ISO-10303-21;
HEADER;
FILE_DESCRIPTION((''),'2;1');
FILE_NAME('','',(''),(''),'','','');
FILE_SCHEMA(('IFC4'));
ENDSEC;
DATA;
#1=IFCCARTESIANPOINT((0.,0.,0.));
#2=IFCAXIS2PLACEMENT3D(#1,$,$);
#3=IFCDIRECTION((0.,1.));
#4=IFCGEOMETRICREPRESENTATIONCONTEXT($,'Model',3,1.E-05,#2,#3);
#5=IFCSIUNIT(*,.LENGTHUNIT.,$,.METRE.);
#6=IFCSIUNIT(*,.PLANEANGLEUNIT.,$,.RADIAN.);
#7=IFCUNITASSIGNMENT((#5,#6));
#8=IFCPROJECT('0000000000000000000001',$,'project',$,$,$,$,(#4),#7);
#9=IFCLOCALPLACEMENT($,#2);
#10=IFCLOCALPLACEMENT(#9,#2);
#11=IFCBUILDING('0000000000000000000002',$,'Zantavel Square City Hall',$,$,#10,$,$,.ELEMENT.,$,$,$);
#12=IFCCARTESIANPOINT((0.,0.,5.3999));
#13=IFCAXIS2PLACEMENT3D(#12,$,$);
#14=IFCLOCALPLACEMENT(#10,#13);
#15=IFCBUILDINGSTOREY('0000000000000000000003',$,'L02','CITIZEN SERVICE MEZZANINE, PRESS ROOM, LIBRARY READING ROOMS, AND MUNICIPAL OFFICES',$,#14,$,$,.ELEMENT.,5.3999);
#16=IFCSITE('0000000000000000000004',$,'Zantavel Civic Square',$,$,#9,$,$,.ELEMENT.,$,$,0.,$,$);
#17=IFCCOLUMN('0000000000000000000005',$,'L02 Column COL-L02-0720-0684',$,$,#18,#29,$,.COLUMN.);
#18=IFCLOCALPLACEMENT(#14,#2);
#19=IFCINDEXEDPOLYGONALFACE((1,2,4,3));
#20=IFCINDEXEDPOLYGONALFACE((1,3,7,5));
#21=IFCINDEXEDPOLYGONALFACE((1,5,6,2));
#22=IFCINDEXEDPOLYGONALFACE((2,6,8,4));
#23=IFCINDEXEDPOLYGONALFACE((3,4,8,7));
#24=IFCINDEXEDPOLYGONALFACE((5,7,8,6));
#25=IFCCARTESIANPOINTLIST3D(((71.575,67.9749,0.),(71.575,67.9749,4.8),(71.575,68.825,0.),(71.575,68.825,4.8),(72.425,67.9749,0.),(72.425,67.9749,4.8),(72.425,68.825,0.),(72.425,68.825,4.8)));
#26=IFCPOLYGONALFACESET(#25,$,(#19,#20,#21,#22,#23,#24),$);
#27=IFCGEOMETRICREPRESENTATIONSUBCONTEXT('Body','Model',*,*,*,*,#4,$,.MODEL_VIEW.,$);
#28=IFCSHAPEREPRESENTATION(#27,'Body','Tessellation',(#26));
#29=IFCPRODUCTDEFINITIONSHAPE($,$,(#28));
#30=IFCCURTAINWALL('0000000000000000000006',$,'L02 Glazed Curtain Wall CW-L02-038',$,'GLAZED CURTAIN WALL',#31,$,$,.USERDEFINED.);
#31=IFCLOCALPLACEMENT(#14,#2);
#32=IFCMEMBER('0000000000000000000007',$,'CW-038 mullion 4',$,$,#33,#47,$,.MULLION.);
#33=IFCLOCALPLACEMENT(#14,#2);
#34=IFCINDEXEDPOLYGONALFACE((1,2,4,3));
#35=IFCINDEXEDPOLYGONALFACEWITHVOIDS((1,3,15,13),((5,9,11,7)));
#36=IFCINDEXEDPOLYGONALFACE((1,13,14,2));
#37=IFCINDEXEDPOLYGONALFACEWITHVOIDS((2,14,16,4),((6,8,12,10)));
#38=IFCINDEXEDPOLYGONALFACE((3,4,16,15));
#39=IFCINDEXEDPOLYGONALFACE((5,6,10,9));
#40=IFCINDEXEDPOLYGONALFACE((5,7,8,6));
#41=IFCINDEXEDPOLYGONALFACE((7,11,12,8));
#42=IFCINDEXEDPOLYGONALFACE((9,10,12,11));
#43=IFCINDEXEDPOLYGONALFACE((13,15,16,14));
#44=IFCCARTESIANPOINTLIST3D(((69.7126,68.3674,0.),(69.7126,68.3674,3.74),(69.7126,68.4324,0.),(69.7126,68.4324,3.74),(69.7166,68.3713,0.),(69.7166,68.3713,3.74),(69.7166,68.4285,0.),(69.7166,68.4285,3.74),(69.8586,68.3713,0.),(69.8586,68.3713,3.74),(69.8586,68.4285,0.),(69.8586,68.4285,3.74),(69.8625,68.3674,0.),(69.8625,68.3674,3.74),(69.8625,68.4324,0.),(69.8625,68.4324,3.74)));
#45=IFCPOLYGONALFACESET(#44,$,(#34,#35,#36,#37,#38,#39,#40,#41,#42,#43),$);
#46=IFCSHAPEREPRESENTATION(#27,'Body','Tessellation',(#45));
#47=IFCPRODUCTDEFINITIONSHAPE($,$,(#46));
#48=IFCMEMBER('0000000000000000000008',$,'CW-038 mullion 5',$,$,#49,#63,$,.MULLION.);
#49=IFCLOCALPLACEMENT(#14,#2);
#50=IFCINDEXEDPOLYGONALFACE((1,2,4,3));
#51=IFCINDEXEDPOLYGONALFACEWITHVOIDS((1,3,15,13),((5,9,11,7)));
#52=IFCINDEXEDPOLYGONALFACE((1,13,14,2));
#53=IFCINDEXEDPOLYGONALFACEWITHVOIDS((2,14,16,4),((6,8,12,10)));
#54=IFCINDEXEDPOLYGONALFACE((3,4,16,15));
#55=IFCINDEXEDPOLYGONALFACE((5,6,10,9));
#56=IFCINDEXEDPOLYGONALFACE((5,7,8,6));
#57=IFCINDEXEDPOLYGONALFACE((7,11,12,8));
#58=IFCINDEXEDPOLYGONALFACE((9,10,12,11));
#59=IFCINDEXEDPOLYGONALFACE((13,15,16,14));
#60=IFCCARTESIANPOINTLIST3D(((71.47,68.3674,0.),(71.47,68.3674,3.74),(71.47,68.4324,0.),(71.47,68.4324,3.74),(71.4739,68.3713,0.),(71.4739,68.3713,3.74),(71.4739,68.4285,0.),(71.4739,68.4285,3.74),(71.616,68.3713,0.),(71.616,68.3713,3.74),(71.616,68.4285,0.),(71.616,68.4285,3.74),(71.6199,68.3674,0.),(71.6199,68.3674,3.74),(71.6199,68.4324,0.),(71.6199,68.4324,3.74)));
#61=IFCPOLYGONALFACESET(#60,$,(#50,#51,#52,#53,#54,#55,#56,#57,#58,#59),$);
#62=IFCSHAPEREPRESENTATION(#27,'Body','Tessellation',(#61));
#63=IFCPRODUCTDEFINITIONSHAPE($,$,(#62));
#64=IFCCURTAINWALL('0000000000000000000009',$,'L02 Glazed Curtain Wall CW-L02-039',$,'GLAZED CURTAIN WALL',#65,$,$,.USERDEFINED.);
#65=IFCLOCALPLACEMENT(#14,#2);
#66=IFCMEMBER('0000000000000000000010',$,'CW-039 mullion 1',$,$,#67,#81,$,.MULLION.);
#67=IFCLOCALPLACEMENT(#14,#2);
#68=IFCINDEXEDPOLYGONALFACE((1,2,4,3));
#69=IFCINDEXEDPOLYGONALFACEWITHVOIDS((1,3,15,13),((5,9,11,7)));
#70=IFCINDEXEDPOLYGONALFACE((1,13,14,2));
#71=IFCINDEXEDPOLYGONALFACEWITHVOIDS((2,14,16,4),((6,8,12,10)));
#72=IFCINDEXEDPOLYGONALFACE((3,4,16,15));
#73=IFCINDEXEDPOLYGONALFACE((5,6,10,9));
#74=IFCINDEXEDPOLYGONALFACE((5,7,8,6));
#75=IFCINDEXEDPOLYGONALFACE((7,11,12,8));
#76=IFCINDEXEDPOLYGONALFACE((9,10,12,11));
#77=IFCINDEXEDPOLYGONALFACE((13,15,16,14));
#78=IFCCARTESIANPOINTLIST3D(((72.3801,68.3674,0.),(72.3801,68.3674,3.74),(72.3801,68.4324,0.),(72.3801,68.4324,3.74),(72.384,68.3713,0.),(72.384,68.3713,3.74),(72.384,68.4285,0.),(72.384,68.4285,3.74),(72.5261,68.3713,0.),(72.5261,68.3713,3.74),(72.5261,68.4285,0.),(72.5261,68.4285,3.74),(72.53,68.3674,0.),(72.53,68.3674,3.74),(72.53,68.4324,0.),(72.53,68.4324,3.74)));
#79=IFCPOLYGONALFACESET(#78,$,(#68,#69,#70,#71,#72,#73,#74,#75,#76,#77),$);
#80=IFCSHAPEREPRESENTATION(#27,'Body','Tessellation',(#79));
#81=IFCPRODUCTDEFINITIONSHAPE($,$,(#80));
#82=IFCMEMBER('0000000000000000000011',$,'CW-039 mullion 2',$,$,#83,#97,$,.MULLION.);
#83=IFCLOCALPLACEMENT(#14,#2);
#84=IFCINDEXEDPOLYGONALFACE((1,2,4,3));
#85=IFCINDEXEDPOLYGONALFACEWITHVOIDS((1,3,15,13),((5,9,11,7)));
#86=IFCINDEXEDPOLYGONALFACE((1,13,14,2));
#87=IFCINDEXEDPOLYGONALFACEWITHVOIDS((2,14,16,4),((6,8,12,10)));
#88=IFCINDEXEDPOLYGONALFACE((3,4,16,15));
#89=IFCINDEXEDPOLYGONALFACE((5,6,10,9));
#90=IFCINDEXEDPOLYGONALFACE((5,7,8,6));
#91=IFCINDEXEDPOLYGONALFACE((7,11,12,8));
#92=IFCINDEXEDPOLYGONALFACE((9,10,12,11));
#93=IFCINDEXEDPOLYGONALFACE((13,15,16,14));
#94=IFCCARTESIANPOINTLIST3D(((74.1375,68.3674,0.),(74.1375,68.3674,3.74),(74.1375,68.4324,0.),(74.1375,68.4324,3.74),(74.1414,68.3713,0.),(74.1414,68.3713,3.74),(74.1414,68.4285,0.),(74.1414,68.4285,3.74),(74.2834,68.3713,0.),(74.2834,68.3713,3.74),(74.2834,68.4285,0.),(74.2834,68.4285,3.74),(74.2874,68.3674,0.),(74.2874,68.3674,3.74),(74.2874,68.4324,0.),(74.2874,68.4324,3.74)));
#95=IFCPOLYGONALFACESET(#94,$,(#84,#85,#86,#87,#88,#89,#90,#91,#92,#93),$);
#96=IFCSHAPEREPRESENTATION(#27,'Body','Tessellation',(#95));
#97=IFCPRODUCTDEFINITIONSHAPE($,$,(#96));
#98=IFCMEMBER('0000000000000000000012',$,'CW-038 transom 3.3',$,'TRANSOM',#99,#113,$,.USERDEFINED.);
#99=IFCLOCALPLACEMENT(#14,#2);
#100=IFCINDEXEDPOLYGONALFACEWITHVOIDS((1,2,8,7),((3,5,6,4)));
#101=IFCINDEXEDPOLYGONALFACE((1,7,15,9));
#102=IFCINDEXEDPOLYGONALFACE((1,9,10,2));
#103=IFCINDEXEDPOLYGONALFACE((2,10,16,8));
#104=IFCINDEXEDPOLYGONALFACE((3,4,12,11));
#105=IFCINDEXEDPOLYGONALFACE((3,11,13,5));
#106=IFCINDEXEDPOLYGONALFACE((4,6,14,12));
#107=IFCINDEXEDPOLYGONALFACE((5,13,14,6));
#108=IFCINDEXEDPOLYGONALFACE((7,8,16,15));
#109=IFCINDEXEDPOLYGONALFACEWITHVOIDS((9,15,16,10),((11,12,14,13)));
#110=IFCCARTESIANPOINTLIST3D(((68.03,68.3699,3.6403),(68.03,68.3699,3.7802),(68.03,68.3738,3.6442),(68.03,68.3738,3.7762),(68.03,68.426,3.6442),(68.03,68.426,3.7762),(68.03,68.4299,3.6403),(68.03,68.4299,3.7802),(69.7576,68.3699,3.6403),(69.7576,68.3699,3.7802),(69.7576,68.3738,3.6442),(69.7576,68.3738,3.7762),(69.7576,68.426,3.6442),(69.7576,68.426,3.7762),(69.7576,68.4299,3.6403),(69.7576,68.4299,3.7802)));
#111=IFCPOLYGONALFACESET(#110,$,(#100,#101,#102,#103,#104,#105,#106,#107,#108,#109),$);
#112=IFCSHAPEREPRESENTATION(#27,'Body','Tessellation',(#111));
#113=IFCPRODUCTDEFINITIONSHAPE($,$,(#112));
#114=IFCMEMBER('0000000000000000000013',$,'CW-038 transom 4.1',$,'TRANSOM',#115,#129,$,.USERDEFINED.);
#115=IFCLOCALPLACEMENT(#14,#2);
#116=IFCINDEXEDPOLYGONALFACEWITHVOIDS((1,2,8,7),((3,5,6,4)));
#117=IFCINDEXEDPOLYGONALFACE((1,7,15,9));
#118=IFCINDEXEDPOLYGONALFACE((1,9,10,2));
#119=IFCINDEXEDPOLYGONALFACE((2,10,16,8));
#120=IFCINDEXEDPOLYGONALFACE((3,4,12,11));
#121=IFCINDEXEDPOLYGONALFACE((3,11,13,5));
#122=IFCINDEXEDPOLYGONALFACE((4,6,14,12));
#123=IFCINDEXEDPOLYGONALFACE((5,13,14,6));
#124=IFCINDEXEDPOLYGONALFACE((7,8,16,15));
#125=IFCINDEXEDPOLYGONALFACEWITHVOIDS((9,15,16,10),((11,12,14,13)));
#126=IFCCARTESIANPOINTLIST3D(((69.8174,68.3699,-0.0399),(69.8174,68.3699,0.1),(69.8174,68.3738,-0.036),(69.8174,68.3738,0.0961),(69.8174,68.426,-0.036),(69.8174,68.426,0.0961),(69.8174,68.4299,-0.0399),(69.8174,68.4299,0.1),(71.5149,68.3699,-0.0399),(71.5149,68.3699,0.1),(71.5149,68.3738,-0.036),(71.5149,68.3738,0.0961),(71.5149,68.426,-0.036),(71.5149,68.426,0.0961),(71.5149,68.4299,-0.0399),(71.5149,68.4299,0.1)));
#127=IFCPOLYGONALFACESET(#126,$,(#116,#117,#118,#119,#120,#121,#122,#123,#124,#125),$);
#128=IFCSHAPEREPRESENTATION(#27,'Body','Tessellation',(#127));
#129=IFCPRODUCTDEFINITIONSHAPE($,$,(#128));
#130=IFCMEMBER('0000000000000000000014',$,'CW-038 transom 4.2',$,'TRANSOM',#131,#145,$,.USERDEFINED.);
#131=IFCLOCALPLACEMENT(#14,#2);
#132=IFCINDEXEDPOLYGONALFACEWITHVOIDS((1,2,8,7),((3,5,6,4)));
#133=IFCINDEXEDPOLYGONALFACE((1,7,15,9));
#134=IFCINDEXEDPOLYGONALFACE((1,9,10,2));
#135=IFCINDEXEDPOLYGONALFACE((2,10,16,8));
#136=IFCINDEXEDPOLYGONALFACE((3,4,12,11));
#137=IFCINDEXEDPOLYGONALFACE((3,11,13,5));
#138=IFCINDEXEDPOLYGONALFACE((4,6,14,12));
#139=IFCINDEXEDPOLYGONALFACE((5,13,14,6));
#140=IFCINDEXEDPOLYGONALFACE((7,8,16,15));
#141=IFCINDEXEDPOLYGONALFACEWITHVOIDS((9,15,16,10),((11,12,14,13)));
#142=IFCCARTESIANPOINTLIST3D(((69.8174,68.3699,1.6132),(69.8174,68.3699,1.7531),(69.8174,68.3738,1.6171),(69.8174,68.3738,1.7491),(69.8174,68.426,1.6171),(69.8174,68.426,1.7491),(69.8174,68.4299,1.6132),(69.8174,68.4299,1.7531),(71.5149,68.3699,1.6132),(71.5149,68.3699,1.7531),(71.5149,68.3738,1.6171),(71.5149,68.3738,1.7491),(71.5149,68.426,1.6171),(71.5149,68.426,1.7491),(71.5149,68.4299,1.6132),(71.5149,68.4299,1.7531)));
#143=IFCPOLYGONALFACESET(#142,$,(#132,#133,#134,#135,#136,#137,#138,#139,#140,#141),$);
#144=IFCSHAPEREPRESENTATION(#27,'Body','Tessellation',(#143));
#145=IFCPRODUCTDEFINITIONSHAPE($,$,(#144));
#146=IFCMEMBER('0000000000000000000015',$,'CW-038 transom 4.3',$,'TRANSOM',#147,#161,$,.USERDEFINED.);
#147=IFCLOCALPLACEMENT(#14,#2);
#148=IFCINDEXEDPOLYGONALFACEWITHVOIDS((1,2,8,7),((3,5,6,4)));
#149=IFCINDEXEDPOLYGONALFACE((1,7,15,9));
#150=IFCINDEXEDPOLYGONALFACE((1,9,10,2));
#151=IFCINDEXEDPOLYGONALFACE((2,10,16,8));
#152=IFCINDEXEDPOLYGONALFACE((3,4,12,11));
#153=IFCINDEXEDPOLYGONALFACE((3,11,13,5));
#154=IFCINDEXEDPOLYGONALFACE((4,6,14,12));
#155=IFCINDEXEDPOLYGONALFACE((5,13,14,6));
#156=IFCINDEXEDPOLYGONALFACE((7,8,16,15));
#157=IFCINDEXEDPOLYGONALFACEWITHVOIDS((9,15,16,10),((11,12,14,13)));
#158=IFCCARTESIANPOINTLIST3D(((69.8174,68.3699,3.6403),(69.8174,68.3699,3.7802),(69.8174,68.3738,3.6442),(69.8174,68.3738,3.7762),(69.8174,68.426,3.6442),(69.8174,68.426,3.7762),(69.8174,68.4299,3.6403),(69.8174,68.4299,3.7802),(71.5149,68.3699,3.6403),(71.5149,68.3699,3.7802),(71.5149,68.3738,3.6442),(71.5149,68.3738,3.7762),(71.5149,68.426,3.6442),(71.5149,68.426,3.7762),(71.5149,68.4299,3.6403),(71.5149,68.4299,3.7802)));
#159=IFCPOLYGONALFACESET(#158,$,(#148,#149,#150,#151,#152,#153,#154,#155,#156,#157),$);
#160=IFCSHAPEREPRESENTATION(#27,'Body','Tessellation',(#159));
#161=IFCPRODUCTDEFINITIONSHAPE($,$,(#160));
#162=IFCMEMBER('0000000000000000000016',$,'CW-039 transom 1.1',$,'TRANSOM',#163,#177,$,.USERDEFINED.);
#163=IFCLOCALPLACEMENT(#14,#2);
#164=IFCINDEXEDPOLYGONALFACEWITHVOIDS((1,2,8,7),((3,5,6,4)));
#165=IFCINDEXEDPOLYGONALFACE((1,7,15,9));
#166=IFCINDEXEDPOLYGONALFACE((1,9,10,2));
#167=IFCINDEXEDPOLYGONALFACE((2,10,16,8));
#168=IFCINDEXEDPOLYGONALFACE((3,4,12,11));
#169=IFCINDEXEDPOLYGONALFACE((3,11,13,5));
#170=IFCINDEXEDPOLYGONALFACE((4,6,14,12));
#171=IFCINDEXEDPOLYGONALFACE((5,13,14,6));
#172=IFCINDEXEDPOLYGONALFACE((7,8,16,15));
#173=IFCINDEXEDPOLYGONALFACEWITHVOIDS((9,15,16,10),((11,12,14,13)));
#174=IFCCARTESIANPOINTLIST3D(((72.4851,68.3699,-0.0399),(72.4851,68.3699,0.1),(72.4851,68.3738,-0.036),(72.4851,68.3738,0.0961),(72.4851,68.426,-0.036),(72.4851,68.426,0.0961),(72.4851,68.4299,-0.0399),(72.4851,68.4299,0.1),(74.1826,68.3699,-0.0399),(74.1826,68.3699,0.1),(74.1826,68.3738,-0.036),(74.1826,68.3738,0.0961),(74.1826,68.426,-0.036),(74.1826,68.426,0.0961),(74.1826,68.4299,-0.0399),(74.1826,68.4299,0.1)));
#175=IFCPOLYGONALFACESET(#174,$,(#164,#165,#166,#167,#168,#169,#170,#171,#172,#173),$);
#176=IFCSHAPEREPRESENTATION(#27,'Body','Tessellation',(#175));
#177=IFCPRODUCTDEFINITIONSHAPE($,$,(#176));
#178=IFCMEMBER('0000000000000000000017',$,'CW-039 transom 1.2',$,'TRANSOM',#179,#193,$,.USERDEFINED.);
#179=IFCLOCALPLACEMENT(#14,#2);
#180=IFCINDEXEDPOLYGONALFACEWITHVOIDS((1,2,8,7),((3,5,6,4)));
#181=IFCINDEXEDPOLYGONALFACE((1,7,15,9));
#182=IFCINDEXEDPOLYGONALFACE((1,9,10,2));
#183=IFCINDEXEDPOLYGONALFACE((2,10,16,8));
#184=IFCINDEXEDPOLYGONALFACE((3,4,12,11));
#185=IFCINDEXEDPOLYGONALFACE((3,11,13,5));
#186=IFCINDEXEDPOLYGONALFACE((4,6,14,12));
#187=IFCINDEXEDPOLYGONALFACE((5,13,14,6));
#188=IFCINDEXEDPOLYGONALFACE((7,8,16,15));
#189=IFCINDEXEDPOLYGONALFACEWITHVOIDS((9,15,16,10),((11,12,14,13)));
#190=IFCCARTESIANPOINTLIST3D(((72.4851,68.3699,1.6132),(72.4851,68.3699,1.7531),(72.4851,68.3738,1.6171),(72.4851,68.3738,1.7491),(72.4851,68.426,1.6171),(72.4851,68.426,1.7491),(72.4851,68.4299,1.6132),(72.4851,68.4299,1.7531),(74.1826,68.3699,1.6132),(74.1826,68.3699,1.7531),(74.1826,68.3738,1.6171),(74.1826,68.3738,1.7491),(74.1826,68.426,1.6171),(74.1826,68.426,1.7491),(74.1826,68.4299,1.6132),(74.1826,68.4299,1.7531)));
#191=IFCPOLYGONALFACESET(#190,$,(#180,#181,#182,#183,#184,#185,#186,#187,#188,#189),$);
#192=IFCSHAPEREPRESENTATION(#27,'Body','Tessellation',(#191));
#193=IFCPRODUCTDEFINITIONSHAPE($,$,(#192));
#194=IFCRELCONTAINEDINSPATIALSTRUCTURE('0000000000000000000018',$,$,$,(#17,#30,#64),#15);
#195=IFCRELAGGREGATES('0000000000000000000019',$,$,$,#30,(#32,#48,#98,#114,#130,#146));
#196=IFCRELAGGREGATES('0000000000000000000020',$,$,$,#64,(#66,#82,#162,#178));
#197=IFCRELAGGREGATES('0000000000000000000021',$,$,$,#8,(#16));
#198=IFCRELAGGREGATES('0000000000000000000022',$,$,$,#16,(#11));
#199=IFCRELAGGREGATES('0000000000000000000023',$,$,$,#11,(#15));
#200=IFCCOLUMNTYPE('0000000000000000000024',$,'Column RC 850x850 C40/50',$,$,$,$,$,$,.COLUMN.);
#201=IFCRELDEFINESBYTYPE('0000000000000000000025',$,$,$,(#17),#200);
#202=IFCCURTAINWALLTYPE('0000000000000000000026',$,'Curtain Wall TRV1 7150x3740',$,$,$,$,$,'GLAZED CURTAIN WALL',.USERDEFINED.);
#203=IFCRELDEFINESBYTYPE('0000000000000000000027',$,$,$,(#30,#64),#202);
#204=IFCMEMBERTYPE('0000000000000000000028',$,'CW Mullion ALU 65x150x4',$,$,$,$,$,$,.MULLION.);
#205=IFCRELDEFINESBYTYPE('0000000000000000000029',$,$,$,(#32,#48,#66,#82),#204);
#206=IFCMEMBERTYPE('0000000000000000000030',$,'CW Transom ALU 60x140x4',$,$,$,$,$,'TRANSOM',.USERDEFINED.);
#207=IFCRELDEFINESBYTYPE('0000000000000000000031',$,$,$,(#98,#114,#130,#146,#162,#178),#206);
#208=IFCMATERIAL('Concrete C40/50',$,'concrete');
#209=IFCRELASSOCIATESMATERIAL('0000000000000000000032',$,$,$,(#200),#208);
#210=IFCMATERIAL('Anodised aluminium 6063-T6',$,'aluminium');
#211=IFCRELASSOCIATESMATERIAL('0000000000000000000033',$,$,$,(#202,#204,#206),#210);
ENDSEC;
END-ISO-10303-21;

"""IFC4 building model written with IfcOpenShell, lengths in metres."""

from ifc_helpers import new_model, si_unit, direction, frame, origin, origin_2d, place, context, subcontext, project, spatial, rectangle, hollow_rectangle, extrude, material, material_profile, profile_set, type_object, element, aggregate, save


model = new_model("IFC4")

# Units and contexts
model_context = context("Model", 3, precision=1e-05, world=origin(), true_north=direction((0.0, 1.0)))
body_context = subcontext(model_context, "Body", "Model", "MODEL_VIEW")
ifc_project = project(units=[si_unit("LENGTHUNIT", "METRE"), si_unit("PLANEANGLEUNIT", "RADIAN")], contexts=[model_context])

# Site, building, storey
site_placement = place(None, origin())
site = spatial("IfcSite", under=ifc_project, at=site_placement, Name="Zantavel Civic Square", CompositionType="ELEMENT", RefElevation=0.0)
building_placement = place(site_placement, origin())
building = spatial("IfcBuilding", under=site, at=building_placement, Name="Zantavel Square City Hall", CompositionType="ELEMENT")
storey_placement = place(building_placement, frame((0.0, 0.0, 5.3999)))
storey = spatial("IfcBuildingStorey", under=building, at=storey_placement, Name="L02", Description="CITIZEN SERVICE MEZZANINE, PRESS ROOM, LIBRARY READING ROOMS, AND MUNICIPAL OFFICES", CompositionType="ELEMENT", Elevation=5.3999)

# Column
ifc_material_1 = material(Name="Concrete C40/50", Category="concrete")
ifc_material_profile_1 = material_profile(ifc_material_1, rectangle(XDim=0.8501, YDim=0.8501, at=origin_2d()), Name="RC 850x850")
ifc_profile_set_1 = profile_set([ifc_material_profile_1], Name="Concrete C40/50")
column_type = type_object("IfcColumnType", Name="Column RC 850x850 C40/50", PredefinedType="COLUMN", material=ifc_profile_set_1)
column_placement = place(storey_placement, frame((72.0, 68.3999, 0.0), z_axis=(0.0, 0.0, 1.0), x_axis=(1.0, 0.0, 0.0)))
element("IfcColumn", 1, at=column_placement, inside=storey, type_object=column_type, Name="L02 Column COL-L02-0720-0684", PredefinedType="COLUMN", context=body_context, shape_type="SweptSolid", body=[
    extrude(rectangle(XDim=0.8501, YDim=0.8501, at=origin_2d()), origin(), (0.0, 0.0, 1.0), 4.8),
])

# Curtain walls, members
ifc_material_2 = material(Name="Anodised aluminium 6063-T6", Category="aluminium")
curtain_wall_type = type_object("IfcCurtainWallType", Name="Curtain Wall TRV1 7150x3740", ElementType="GLAZED CURTAIN WALL", PredefinedType="USERDEFINED", material=ifc_material_2)
curtain_wall_1_placement = place(storey_placement, origin())
curtain_wall_1 = element("IfcCurtainWall", 2, at=curtain_wall_1_placement, inside=storey, type_object=curtain_wall_type, Name="L02 Glazed Curtain Wall CW-L02-038", ObjectType="GLAZED CURTAIN WALL", PredefinedType="USERDEFINED")
ifc_material_profile_2 = material_profile(ifc_material_2, hollow_rectangle(XDim=0.0649, YDim=0.1499, WallThickness=0.0039, at=origin_2d()), Name="ALU 65x150x4")
ifc_profile_set_2 = profile_set([ifc_material_profile_2], Name="Anodised aluminium 6063-T6")
member_type_1 = type_object("IfcMemberType", Name="CW Mullion ALU 65x150x4", PredefinedType="MULLION", material=ifc_profile_set_2)
member_1_placement = place(storey_placement, frame((69.7876, 68.3999, 0.0), z_axis=(0.0, 0.0, 1.0), x_axis=(0.0, 1.0, 0.0)))
member_1 = element("IfcMember", 3, at=member_1_placement, type_object=member_type_1, Name="CW-038 mullion 4", PredefinedType="MULLION", context=body_context, shape_type="SweptSolid", body=[
    extrude(hollow_rectangle(XDim=0.0649, YDim=0.1499, WallThickness=0.0039, at=origin_2d()), origin(), (0.0, 0.0, 1.0), 3.74),
])
member_2_placement = place(storey_placement, frame((71.5449, 68.3999, 0.0), z_axis=(0.0, 0.0, 1.0), x_axis=(0.0, 1.0, 0.0)))
member_2 = element("IfcMember", 4, at=member_2_placement, type_object=member_type_1, Name="CW-038 mullion 5", PredefinedType="MULLION", context=body_context, shape_type="SweptSolid", body=[
    extrude(hollow_rectangle(XDim=0.0649, YDim=0.1499, WallThickness=0.0039, at=origin_2d()), origin(), (0.0, 0.0, 1.0), 3.74),
])
curtain_wall_2_placement = place(storey_placement, origin())
curtain_wall_2 = element("IfcCurtainWall", 5, at=curtain_wall_2_placement, inside=storey, type_object=curtain_wall_type, Name="L02 Glazed Curtain Wall CW-L02-039", ObjectType="GLAZED CURTAIN WALL", PredefinedType="USERDEFINED")
member_3_placement = place(storey_placement, frame((72.4551, 68.3999, 0.0), z_axis=(0.0, 0.0, 1.0), x_axis=(0.0, 1.0, 0.0)))
member_3 = element("IfcMember", 6, at=member_3_placement, type_object=member_type_1, Name="CW-039 mullion 1", PredefinedType="MULLION", context=body_context, shape_type="SweptSolid", body=[
    extrude(hollow_rectangle(XDim=0.0649, YDim=0.1499, WallThickness=0.0039, at=origin_2d()), origin(), (0.0, 0.0, 1.0), 3.74),
])
member_4_placement = place(storey_placement, frame((74.2124, 68.3999, 0.0), z_axis=(0.0, 0.0, 1.0), x_axis=(0.0, 1.0, 0.0)))
member_4 = element("IfcMember", 7, at=member_4_placement, type_object=member_type_1, Name="CW-039 mullion 2", PredefinedType="MULLION", context=body_context, shape_type="SweptSolid", body=[
    extrude(hollow_rectangle(XDim=0.0649, YDim=0.1499, WallThickness=0.0039, at=origin_2d()), origin(), (0.0, 0.0, 1.0), 3.74),
])

# Members
ifc_material_profile_3 = material_profile(ifc_material_2, hollow_rectangle(XDim=0.0601, YDim=0.1399, WallThickness=0.0039, at=origin_2d()), Name="ALU 60x140x4")
ifc_profile_set_3 = profile_set([ifc_material_profile_3], Name="Anodised aluminium 6063-T6")
member_type_2 = type_object("IfcMemberType", Name="CW Transom ALU 60x140x4", ElementType="TRANSOM", PredefinedType="USERDEFINED", material=ifc_profile_set_3)
member_5_placement = place(storey_placement, frame((68.03, 68.3999, 3.7102), z_axis=(1.0, 0.0, 0.0), x_axis=(0.0, 1.0, 0.0)))
member_5 = element("IfcMember", 8, at=member_5_placement, type_object=member_type_2, Name="CW-038 transom 3.3", ObjectType="TRANSOM", PredefinedType="USERDEFINED", context=body_context, shape_type="SweptSolid", body=[
    extrude(hollow_rectangle(XDim=0.0601, YDim=0.1399, WallThickness=0.0039, at=origin_2d()), origin(), (0.0, 0.0, 1.0), 1.7275),
])
member_6_placement = place(storey_placement, frame((69.8174, 68.3999, 0.03), z_axis=(1.0, 0.0, 0.0), x_axis=(0.0, 1.0, 0.0)))
member_6 = element("IfcMember", 9, at=member_6_placement, type_object=member_type_2, Name="CW-038 transom 4.1", ObjectType="TRANSOM", PredefinedType="USERDEFINED", context=body_context, shape_type="SweptSolid", body=[
    extrude(hollow_rectangle(XDim=0.0601, YDim=0.1399, WallThickness=0.0039, at=origin_2d()), origin(), (0.0, 0.0, 1.0), 1.6975),
])
member_7_placement = place(storey_placement, frame((69.8174, 68.3999, 1.6831), z_axis=(1.0, 0.0, 0.0), x_axis=(0.0, 1.0, 0.0)))
member_7 = element("IfcMember", 10, at=member_7_placement, type_object=member_type_2, Name="CW-038 transom 4.2", ObjectType="TRANSOM", PredefinedType="USERDEFINED", context=body_context, shape_type="SweptSolid", body=[
    extrude(hollow_rectangle(XDim=0.0601, YDim=0.1399, WallThickness=0.0039, at=origin_2d()), origin(), (0.0, 0.0, 1.0), 1.6975),
])
member_8_placement = place(storey_placement, frame((69.8174, 68.3999, 3.7102), z_axis=(1.0, 0.0, 0.0), x_axis=(0.0, 1.0, 0.0)))
member_8 = element("IfcMember", 11, at=member_8_placement, type_object=member_type_2, Name="CW-038 transom 4.3", ObjectType="TRANSOM", PredefinedType="USERDEFINED", context=body_context, shape_type="SweptSolid", body=[
    extrude(hollow_rectangle(XDim=0.0601, YDim=0.1399, WallThickness=0.0039, at=origin_2d()), origin(), (0.0, 0.0, 1.0), 1.6975),
])
member_9_placement = place(storey_placement, frame((72.4851, 68.3999, 0.03), z_axis=(1.0, 0.0, 0.0), x_axis=(0.0, 1.0, 0.0)))
member_9 = element("IfcMember", 12, at=member_9_placement, type_object=member_type_2, Name="CW-039 transom 1.1", ObjectType="TRANSOM", PredefinedType="USERDEFINED", context=body_context, shape_type="SweptSolid", body=[
    extrude(hollow_rectangle(XDim=0.0601, YDim=0.1399, WallThickness=0.0039, at=origin_2d()), origin(), (0.0, 0.0, 1.0), 1.6975),
])
member_10_placement = place(storey_placement, frame((72.4851, 68.3999, 1.6831), z_axis=(1.0, 0.0, 0.0), x_axis=(0.0, 1.0, 0.0)))
member_10 = element("IfcMember", 13, at=member_10_placement, type_object=member_type_2, Name="CW-039 transom 1.2", ObjectType="TRANSOM", PredefinedType="USERDEFINED", context=body_context, shape_type="SweptSolid", body=[
    extrude(hollow_rectangle(XDim=0.0601, YDim=0.1399, WallThickness=0.0039, at=origin_2d()), origin(), (0.0, 0.0, 1.0), 1.6975),
])

aggregate(curtain_wall_1, [member_1, member_2, member_5, member_6, member_7, member_8])
aggregate(curtain_wall_2, [member_3, member_4, member_9, member_10])

save(model, "model.ifc")
